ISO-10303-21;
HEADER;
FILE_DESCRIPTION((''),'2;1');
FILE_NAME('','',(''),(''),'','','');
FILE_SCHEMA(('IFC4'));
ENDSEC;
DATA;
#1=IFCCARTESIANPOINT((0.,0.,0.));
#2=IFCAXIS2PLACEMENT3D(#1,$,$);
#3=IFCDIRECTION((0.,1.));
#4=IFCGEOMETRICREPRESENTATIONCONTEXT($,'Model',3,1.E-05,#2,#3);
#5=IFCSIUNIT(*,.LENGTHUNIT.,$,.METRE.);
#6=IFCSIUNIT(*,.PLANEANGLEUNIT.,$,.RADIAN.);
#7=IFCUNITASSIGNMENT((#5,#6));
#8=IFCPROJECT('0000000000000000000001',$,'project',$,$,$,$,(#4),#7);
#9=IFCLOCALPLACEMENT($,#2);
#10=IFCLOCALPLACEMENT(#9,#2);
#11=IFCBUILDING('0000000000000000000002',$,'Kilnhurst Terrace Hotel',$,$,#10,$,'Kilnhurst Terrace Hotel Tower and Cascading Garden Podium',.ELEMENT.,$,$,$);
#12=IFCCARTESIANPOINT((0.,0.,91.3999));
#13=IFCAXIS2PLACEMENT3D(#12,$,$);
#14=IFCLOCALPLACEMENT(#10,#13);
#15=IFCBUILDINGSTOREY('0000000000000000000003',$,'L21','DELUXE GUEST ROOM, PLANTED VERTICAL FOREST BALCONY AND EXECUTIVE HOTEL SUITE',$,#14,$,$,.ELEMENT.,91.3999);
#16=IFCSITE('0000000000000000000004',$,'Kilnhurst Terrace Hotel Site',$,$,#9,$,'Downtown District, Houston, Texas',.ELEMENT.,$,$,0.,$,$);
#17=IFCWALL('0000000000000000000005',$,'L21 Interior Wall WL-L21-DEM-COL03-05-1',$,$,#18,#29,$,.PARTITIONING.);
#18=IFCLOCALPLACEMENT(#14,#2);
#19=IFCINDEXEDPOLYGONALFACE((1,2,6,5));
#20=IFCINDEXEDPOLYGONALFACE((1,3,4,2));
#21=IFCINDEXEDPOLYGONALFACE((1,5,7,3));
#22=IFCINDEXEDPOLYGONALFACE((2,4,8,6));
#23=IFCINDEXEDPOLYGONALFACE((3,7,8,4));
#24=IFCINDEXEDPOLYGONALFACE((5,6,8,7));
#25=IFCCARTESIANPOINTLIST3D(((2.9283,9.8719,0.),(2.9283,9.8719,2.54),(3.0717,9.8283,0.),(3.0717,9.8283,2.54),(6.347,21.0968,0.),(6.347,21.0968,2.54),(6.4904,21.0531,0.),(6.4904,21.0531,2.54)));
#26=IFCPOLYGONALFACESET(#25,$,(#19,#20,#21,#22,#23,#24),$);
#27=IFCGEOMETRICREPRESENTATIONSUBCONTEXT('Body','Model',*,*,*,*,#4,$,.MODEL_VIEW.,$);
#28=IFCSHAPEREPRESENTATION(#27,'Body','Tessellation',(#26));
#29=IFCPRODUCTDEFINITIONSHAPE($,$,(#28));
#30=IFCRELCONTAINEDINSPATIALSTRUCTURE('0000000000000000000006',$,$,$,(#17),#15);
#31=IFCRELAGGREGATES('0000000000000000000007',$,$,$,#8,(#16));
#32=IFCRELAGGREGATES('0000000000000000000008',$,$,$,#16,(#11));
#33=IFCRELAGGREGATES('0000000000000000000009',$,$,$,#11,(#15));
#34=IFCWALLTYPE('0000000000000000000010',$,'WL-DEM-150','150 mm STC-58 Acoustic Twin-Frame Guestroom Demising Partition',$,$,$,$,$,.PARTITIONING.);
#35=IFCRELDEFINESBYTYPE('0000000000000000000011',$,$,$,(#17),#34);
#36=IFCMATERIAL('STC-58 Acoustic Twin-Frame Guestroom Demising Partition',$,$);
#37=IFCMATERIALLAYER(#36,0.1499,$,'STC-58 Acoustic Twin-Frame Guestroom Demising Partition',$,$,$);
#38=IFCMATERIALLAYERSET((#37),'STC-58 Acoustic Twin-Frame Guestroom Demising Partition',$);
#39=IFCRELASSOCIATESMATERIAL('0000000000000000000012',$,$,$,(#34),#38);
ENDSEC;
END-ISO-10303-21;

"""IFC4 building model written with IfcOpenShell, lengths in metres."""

from ifc_helpers import new_model, si_unit, direction, frame, frame_2d, origin, place, context, subcontext, project, spatial, rectangle, extrude, material, layer, layer_set, type_object, element, save


model = new_model("IFC4")

# Units and contexts
model_context = context("Model", 3, precision=1e-05, world=origin(), true_north=direction((0.0, 1.0)))
body_context = subcontext(model_context, "Body", "Model", "MODEL_VIEW")
ifc_project = project(units=[si_unit("LENGTHUNIT", "METRE"), si_unit("PLANEANGLEUNIT", "RADIAN")], contexts=[model_context])

# Site, building, storey
site_placement = place(None, origin())
site = spatial("IfcSite", under=ifc_project, at=site_placement, Name="Kilnhurst Terrace Hotel Site", LongName="Downtown District, Houston, Texas", CompositionType="ELEMENT", RefElevation=0.0)
building_placement = place(site_placement, origin())
building = spatial("IfcBuilding", under=site, at=building_placement, Name="Kilnhurst Terrace Hotel", LongName="Kilnhurst Terrace Hotel Tower and Cascading Garden Podium", CompositionType="ELEMENT")
storey_placement = place(building_placement, frame((0.0, 0.0, 91.3999)))
storey = spatial("IfcBuildingStorey", under=building, at=storey_placement, Name="L21", Description="DELUXE GUEST ROOM, PLANTED VERTICAL FOREST BALCONY AND EXECUTIVE HOTEL SUITE", CompositionType="ELEMENT", Elevation=91.3999)

# Wall
ifc_material_1 = material(Name="STC-58 Acoustic Twin-Frame Guestroom Demising Partition")
ifc_layer_1 = layer(ifc_material_1, 0.1499, Name="STC-58 Acoustic Twin-Frame Guestroom Demising Partition")
ifc_layer_set_1 = layer_set([ifc_layer_1], Name="STC-58 Acoustic Twin-Frame Guestroom Demising Partition")
wall_type_1 = type_object("IfcWallType", Name="WL-DEM-150", Description="150 mm STC-58 Acoustic Twin-Frame Guestroom Demising Partition", PredefinedType="PARTITIONING", material=ifc_layer_set_1)
wall_1_placement = place(storey_placement, frame((3.0, 9.8501, 0.0), z_axis=(0.0, 0.0, 1.0), x_axis=(0.291352, 0.956616, 0.0)))
element("IfcWall", 1, at=wall_1_placement, inside=storey, type_object=wall_type_1, Name="L21 Interior Wall WL-L21-DEM-COL03-05-1", PredefinedType="PARTITIONING", context=body_context, shape_type="SweptSolid", body=[
    extrude(rectangle(XDim=11.7339, YDim=0.1499, at=frame_2d((5.8669, 0.0))), origin(), (0.0, 0.0, 1.0), 2.54),
])

save(model, "model.ifc")
